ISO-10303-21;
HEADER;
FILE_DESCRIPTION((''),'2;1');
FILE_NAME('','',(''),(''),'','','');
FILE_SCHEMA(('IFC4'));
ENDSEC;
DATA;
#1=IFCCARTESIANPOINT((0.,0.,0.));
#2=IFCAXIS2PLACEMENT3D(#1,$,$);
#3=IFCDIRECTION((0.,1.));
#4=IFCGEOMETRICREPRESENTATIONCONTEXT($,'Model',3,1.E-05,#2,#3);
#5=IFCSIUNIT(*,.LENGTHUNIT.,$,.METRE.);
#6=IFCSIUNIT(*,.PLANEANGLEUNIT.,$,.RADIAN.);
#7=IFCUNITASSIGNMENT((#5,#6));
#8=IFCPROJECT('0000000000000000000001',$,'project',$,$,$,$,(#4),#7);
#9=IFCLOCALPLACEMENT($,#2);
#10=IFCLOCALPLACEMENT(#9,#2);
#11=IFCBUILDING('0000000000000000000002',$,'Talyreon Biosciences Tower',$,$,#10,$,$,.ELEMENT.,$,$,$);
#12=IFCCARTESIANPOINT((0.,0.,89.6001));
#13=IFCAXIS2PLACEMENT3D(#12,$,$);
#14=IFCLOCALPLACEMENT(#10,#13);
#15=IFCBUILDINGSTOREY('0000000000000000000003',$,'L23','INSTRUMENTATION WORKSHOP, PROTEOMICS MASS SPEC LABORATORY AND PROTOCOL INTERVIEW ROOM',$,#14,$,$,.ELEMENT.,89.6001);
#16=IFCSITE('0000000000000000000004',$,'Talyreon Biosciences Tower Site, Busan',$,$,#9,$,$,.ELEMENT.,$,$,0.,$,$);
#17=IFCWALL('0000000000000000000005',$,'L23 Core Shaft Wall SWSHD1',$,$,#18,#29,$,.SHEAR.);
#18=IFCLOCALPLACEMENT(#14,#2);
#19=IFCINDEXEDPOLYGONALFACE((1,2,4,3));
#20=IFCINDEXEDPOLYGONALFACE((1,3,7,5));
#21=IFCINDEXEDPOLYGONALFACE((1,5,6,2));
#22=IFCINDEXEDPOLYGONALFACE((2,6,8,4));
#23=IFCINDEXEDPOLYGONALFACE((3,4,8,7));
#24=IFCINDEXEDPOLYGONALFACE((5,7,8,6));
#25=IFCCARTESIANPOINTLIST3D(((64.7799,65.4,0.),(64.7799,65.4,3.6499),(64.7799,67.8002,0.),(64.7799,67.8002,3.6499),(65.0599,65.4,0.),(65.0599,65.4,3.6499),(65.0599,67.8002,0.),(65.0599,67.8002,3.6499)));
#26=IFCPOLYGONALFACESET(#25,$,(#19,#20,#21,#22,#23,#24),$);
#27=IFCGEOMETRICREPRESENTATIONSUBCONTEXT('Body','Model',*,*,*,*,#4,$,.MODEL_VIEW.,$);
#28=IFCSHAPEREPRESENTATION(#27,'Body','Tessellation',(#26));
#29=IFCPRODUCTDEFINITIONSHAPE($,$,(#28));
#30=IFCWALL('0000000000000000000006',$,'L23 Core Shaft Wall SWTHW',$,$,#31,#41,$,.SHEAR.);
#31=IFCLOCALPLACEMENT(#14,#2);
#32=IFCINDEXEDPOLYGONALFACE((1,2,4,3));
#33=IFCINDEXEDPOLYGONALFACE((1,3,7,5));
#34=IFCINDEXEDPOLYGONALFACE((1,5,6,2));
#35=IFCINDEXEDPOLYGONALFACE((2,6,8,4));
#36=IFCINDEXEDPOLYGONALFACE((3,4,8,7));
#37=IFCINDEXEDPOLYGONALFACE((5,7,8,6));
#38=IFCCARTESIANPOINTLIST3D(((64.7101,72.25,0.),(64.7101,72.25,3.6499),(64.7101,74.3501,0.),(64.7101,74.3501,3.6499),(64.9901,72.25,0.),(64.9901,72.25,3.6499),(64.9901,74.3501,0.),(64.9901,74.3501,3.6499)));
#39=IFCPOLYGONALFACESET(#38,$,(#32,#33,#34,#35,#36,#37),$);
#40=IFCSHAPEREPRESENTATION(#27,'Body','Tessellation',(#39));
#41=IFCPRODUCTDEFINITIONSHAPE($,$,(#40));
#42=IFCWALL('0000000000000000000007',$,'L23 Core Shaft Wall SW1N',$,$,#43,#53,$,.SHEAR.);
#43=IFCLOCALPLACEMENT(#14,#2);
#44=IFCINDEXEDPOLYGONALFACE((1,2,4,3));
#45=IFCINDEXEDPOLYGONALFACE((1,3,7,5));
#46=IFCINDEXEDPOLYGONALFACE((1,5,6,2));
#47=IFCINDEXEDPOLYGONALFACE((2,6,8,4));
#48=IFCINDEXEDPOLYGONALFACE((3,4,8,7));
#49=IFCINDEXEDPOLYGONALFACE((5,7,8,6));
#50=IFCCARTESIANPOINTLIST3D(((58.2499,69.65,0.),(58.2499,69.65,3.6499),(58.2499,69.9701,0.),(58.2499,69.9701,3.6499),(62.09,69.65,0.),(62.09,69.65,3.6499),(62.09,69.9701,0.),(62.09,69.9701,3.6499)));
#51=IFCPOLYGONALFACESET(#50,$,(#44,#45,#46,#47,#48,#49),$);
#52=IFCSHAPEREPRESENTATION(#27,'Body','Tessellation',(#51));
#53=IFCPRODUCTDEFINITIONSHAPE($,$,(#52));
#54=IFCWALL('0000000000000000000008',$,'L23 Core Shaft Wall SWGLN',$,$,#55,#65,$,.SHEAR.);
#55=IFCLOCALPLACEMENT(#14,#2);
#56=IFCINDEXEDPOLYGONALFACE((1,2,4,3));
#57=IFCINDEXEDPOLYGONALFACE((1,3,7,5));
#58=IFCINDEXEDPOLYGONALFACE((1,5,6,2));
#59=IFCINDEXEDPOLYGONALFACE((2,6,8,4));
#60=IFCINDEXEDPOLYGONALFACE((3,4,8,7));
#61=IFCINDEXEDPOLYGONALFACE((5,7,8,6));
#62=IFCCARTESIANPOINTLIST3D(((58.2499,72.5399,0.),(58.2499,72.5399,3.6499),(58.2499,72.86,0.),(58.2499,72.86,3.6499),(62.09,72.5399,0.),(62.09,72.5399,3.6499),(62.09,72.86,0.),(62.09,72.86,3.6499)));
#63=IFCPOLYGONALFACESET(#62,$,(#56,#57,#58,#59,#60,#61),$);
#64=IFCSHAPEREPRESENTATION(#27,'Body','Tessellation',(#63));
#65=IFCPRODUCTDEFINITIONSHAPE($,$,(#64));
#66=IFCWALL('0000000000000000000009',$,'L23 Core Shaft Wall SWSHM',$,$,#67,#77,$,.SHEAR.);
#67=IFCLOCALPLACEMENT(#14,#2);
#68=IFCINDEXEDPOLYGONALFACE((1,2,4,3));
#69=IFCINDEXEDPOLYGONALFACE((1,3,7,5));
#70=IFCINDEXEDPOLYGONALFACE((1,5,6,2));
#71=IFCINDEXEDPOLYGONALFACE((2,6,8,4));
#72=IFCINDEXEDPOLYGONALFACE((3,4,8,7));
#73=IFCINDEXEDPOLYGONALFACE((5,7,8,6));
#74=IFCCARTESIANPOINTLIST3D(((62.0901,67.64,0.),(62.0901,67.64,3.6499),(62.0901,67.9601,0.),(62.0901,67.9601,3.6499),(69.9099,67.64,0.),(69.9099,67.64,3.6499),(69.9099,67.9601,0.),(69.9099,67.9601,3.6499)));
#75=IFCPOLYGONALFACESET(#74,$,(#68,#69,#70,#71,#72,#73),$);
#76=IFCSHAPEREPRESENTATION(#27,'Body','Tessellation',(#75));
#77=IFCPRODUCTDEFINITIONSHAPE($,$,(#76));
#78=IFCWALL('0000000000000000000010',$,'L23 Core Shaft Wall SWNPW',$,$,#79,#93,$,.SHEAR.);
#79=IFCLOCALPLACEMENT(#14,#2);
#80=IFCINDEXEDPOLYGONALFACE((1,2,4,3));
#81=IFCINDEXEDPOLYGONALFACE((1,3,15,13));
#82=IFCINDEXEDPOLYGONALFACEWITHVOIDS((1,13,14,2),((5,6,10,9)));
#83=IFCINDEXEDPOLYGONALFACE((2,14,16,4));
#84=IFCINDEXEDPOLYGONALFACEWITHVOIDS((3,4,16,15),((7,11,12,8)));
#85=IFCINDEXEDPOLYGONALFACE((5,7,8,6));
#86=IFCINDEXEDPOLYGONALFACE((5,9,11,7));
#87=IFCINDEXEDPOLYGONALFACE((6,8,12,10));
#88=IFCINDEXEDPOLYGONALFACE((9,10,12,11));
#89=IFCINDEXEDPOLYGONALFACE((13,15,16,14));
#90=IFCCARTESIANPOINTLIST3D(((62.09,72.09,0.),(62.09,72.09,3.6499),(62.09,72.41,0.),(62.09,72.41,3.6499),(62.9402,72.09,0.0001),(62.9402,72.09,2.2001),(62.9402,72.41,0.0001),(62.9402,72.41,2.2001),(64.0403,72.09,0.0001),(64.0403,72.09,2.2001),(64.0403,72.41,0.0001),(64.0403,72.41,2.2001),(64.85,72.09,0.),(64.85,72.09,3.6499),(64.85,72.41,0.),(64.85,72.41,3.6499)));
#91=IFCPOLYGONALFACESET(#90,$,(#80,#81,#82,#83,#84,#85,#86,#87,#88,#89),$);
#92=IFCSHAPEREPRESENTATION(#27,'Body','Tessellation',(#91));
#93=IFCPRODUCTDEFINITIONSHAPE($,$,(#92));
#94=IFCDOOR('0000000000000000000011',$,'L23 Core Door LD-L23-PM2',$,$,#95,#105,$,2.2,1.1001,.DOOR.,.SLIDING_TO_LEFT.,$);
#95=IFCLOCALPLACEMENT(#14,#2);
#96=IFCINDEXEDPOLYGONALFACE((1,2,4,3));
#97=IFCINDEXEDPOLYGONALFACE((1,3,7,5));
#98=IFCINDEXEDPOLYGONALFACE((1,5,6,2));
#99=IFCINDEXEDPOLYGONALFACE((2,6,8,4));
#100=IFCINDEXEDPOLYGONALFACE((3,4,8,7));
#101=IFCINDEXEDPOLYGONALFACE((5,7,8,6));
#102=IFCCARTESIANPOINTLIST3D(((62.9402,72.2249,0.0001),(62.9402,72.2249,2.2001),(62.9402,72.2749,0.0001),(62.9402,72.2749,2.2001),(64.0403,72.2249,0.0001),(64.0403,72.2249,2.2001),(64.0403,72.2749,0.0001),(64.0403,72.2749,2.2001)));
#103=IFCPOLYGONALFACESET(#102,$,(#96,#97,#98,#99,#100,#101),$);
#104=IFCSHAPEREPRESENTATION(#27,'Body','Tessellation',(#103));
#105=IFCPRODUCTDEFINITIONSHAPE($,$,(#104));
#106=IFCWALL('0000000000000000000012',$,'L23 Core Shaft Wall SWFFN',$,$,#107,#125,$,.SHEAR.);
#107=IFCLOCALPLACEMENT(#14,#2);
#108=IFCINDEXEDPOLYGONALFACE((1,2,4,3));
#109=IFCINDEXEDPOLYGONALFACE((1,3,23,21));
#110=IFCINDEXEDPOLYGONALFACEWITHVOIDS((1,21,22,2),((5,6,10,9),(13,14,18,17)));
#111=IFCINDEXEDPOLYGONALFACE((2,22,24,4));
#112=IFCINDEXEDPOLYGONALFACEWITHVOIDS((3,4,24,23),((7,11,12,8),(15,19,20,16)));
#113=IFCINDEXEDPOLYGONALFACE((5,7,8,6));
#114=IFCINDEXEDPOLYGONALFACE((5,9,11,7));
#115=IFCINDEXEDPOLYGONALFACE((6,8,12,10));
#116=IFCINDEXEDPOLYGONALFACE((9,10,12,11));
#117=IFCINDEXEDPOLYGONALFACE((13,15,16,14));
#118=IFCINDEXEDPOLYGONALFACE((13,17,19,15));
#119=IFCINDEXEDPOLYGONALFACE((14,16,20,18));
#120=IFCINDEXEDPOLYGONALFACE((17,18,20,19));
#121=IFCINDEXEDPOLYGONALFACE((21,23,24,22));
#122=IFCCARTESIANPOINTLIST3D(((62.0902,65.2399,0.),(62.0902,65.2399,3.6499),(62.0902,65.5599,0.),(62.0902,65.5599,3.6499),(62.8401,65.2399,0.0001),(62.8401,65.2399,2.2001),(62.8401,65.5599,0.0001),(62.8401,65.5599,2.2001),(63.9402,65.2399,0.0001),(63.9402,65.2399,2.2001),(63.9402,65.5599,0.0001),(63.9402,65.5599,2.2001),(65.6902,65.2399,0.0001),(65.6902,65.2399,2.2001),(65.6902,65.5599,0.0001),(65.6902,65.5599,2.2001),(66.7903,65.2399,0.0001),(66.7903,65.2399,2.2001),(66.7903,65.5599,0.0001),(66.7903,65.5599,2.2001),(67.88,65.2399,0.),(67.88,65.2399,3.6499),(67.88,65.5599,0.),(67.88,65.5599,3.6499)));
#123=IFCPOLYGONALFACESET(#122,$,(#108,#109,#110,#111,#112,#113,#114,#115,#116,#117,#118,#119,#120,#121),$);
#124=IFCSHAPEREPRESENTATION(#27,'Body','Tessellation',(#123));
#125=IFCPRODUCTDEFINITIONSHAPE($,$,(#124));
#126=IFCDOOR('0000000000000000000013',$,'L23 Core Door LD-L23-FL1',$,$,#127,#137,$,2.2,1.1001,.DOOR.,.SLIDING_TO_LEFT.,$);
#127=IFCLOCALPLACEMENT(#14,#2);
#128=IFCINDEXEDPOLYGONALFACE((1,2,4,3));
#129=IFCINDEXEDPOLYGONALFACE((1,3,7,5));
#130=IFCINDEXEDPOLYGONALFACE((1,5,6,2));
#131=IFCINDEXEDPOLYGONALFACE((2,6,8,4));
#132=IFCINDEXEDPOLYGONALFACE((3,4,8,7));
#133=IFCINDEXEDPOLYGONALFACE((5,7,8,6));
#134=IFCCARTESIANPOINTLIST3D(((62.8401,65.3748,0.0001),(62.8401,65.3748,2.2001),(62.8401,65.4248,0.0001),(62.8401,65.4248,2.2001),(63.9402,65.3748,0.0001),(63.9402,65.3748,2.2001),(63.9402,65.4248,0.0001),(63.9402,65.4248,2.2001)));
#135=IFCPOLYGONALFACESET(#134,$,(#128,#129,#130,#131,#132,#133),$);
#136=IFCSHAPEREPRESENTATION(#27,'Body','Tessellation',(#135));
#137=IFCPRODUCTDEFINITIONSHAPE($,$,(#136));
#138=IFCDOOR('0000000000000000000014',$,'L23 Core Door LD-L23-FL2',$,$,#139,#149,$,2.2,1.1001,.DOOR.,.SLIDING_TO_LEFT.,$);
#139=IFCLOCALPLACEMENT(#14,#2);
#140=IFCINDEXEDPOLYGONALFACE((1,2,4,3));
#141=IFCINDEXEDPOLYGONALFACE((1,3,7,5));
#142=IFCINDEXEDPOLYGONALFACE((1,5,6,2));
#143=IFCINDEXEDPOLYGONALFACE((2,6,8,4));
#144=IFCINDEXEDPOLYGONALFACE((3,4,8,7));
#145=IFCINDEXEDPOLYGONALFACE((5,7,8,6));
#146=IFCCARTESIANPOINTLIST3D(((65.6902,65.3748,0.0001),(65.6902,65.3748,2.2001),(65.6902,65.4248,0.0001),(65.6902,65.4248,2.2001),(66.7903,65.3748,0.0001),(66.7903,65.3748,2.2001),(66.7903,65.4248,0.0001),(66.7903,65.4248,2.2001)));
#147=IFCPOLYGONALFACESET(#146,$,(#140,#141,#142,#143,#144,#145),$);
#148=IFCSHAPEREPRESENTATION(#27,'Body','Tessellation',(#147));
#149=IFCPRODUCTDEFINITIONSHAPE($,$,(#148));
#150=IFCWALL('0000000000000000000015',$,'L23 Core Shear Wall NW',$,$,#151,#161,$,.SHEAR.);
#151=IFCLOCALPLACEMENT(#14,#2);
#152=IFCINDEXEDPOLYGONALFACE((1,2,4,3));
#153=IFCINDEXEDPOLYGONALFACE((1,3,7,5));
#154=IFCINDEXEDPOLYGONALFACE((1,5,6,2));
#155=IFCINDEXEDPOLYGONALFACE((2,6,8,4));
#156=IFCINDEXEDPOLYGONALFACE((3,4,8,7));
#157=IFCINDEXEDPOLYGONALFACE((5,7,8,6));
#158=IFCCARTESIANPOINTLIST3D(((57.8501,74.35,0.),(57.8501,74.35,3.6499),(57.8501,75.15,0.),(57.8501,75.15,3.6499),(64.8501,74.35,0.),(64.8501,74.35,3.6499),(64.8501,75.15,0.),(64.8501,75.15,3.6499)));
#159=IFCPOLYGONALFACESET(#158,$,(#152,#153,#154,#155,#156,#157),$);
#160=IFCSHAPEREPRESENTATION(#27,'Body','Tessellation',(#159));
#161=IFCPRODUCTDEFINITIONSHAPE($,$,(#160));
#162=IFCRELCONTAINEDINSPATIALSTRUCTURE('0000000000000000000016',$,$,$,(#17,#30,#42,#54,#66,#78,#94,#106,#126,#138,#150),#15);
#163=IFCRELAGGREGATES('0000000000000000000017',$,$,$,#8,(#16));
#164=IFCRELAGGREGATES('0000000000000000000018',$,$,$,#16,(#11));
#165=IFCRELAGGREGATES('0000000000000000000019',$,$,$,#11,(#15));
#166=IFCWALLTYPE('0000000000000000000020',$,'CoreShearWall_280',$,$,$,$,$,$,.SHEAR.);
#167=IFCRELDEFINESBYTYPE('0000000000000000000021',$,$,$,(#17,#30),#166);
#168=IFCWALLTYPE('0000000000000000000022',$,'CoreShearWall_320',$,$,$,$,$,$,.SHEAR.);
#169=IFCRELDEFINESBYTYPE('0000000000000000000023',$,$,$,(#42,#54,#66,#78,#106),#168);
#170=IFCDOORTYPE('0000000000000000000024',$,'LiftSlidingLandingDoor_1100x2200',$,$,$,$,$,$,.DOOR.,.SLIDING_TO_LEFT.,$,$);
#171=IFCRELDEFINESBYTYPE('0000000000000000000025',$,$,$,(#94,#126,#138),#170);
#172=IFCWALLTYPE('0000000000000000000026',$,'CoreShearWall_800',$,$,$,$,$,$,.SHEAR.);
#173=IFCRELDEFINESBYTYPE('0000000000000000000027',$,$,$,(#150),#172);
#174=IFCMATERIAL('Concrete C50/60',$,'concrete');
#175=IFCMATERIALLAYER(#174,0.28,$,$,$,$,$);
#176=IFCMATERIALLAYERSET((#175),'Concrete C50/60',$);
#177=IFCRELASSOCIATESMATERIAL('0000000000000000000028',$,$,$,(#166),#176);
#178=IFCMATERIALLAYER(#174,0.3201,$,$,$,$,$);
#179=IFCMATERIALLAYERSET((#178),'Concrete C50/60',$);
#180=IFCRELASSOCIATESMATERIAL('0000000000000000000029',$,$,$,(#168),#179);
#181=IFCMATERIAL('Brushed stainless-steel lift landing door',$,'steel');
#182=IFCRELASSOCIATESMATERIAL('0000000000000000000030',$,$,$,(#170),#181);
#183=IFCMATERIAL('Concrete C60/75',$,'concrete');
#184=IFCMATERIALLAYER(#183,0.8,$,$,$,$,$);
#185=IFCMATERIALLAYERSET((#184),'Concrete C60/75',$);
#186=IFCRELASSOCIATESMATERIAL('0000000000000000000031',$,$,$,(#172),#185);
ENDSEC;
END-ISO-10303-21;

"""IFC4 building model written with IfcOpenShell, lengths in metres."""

from ifc_helpers import new_model, si_unit, direction, frame, frame_2d, origin, place, context, subcontext, project, spatial, rectangle, extrude, material, layer, layer_set, type_object, element, fill, save


model = new_model("IFC4")

# Units and contexts
model_context = context("Model", 3, precision=1e-05, world=origin(), true_north=direction((0.0, 1.0)))
body_context = subcontext(model_context, "Body", "Model", "MODEL_VIEW")
ifc_project = project(units=[si_unit("LENGTHUNIT", "METRE"), si_unit("PLANEANGLEUNIT", "RADIAN")], contexts=[model_context])

# Site, building, storey
site_placement = place(None, origin())
site = spatial("IfcSite", under=ifc_project, at=site_placement, Name="Talyreon Biosciences Tower Site, Busan", CompositionType="ELEMENT", RefElevation=0.0)
building_placement = place(site_placement, origin())
building = spatial("IfcBuilding", under=site, at=building_placement, Name="Talyreon Biosciences Tower", CompositionType="ELEMENT")
storey_placement = place(building_placement, frame((0.0, 0.0, 89.6001)))
storey = spatial("IfcBuildingStorey", under=building, at=storey_placement, Name="L23", Description="INSTRUMENTATION WORKSHOP, PROTEOMICS MASS SPEC LABORATORY AND PROTOCOL INTERVIEW ROOM", CompositionType="ELEMENT", Elevation=89.6001)

# Shared definitions
ifc_material_1 = material(Name="Concrete C60/75", Category="concrete")
ifc_material_2 = material(Name="Concrete C50/60", Category="concrete")

# Walls
ifc_layer_1 = layer(ifc_material_2, 0.28)
ifc_layer_set_1 = layer_set([ifc_layer_1], Name="Concrete C50/60")
wall_type_1 = type_object("IfcWallType", Name="CoreShearWall_280", PredefinedType="SHEAR", material=ifc_layer_set_1)
wall_1_placement = place(storey_placement, frame((64.9199, 65.3999, 0.0), z_axis=(0.0, 0.0, 1.0), x_axis=(0.0, 1.0, 0.0)))
element("IfcWall", 1, at=wall_1_placement, inside=storey, type_object=wall_type_1, Name="L23 Core Shaft Wall SWSHD1", PredefinedType="SHEAR", context=body_context, shape_type="SweptSolid", body=[
    extrude(rectangle(XDim=2.4001, YDim=0.28, at=frame_2d((1.2002, 0.0))), origin(), (0.0, 0.0, 1.0), 3.6499),
])
wall_2_placement = place(storey_placement, frame((64.8501, 72.25, 0.0), z_axis=(0.0, 0.0, 1.0), x_axis=(0.0, 1.0, 0.0)))
element("IfcWall", 2, at=wall_2_placement, inside=storey, type_object=wall_type_1, Name="L23 Core Shaft Wall SWTHW", PredefinedType="SHEAR", context=body_context, shape_type="SweptSolid", body=[
    extrude(rectangle(XDim=2.1001, YDim=0.28, at=frame_2d((1.05, 0.0))), origin(), (0.0, 0.0, 1.0), 3.6499),
])
ifc_layer_2 = layer(ifc_material_2, 0.3201)
ifc_layer_set_2 = layer_set([ifc_layer_2], Name="Concrete C50/60")
wall_type_2 = type_object("IfcWallType", Name="CoreShearWall_320", PredefinedType="SHEAR", material=ifc_layer_set_2)
for number, where, z_axis, x_axis, name in (
    (3, (58.25, 69.8101, 0.0), (0.0, 0.0, 1.0), (1.0, 0.0, 0.0), "L23 Core Shaft Wall SW1N"),
    (4, (58.25, 72.7, 0.0), (0.0, 0.0, 1.0), (1.0, 0.0, 0.0), "L23 Core Shaft Wall SWGLN"),
):
    element("IfcWall", number, at=place(storey_placement, frame(where, z_axis=z_axis, x_axis=x_axis)), inside=storey, type_object=wall_type_2, Name=name, PredefinedType="SHEAR", context=body_context, shape_type="SweptSolid", body=[
        extrude(rectangle(XDim=3.8401, YDim=0.3201, at=frame_2d((1.9199, 0.0))), origin(), (0.0, 0.0, 1.0), 3.6499),
    ])
wall_3_placement = place(storey_placement, frame((62.0901, 67.8, 0.0), z_axis=(0.0, 0.0, 1.0), x_axis=(1.0, 0.0, 0.0)))
element("IfcWall", 5, at=wall_3_placement, inside=storey, type_object=wall_type_2, Name="L23 Core Shaft Wall SWSHM", PredefinedType="SHEAR", context=body_context, shape_type="SweptSolid", body=[
    extrude(rectangle(XDim=7.8198, YDim=0.3201, at=frame_2d((3.9099, 0.0))), origin(), (0.0, 0.0, 1.0), 3.6499),
])

# Shared definitions
ifc_material_3 = material(Name="Brushed stainless-steel lift landing door", Category="steel")
door_type_1 = type_object("IfcDoorType", Name="LiftSlidingLandingDoor_1100x2200", OperationType="SLIDING_TO_LEFT", PredefinedType="DOOR", material=ifc_material_3)

# Wall, opening, door
wall_4_placement = place(storey_placement, frame((62.0901, 72.25, 0.0), z_axis=(0.0, 0.0, 1.0), x_axis=(1.0, 0.0, 0.0)))
wall_4 = element("IfcWall", 6, at=wall_4_placement, inside=storey, type_object=wall_type_2, Name="L23 Core Shaft Wall SWNPW", PredefinedType="SHEAR", context=body_context, shape_type="SweptSolid", body=[
    extrude(rectangle(XDim=2.76, YDim=0.3201, at=frame_2d((1.3799, 0.0))), origin(), (0.0, 0.0, 1.0), 3.6499),
])
opening_1_placement = place(wall_4_placement, frame((0.8501, 0.0, 0.0)))
opening_1 = element("IfcOpeningElement", 7, at=opening_1_placement, cuts=wall_4, PredefinedType="OPENING", context=body_context, shape_type="SweptSolid", body=[
    extrude(rectangle(XDim=1.1001, YDim=2.2, at=frame_2d((0.55, 1.1001))), frame((0.0, 0.1699, 0.0), z_axis=(0.0, -1.0, 0.0), x_axis=(1.0, 0.0, 0.0)), (0.0, 0.0, 1.0), 0.3401),
])
door_1_placement = place(opening_1_placement, origin())
door_1 = element("IfcDoor", 8, at=door_1_placement, inside=storey, type_object=door_type_1, Name="L23 Core Door LD-L23-PM2", OperationType="SLIDING_TO_LEFT", OverallHeight=2.2, OverallWidth=1.1001, PredefinedType="DOOR", context=body_context, shape_type="SweptSolid", body=[
    extrude(rectangle(XDim=1.1001, YDim=2.2, at=frame_2d((0.55, 1.1001))), frame((0.0, 0.0249, 0.0), z_axis=(0.0, -1.0, 0.0), x_axis=(1.0, 0.0, 0.0)), (0.0, 0.0, 1.0), 0.05),
])
fill(opening_1, door_1)

# Wall, openings, doors
wall_5_placement = place(storey_placement, frame((62.0901, 65.3999, 0.0), z_axis=(0.0, 0.0, 1.0), x_axis=(1.0, 0.0, 0.0)))
wall_5 = element("IfcWall", 9, at=wall_5_placement, inside=storey, type_object=wall_type_2, Name="L23 Core Shaft Wall SWFFN", PredefinedType="SHEAR", context=body_context, shape_type="SweptSolid", body=[
    extrude(rectangle(XDim=5.7898, YDim=0.3201, at=frame_2d((2.895, 0.0))), origin(), (0.0, 0.0, 1.0), 3.6499),
])
opening_2_placement = place(wall_5_placement, frame((0.75, 0.0, 0.0)))
opening_2 = element("IfcOpeningElement", 10, at=opening_2_placement, cuts=wall_5, PredefinedType="OPENING", context=body_context, shape_type="SweptSolid", body=[
    extrude(rectangle(XDim=1.1001, YDim=2.2, at=frame_2d((0.55, 1.1001))), frame((0.0, 0.1699, 0.0), z_axis=(0.0, -1.0, 0.0), x_axis=(1.0, 0.0, 0.0)), (0.0, 0.0, 1.0), 0.3401),
])
opening_3_placement = place(wall_5_placement, frame((3.6001, 0.0, 0.0)))
opening_3 = element("IfcOpeningElement", 11, at=opening_3_placement, cuts=wall_5, PredefinedType="OPENING", context=body_context, shape_type="SweptSolid", body=[
    extrude(rectangle(XDim=1.1001, YDim=2.2, at=frame_2d((0.55, 1.1001))), frame((0.0, 0.1699, 0.0), z_axis=(0.0, -1.0, 0.0), x_axis=(1.0, 0.0, 0.0)), (0.0, 0.0, 1.0), 0.3401),
])
door_2_placement = place(opening_2_placement, origin())
door_2 = element("IfcDoor", 12, at=door_2_placement, inside=storey, type_object=door_type_1, Name="L23 Core Door LD-L23-FL1", OperationType="SLIDING_TO_LEFT", OverallHeight=2.2, OverallWidth=1.1001, PredefinedType="DOOR", context=body_context, shape_type="SweptSolid", body=[
    extrude(rectangle(XDim=1.1001, YDim=2.2, at=frame_2d((0.55, 1.1001))), frame((0.0, 0.0249, 0.0), z_axis=(0.0, -1.0, 0.0), x_axis=(1.0, 0.0, 0.0)), (0.0, 0.0, 1.0), 0.05),
])
fill(opening_2, door_2)
door_3_placement = place(opening_3_placement, origin())
door_3 = element("IfcDoor", 13, at=door_3_placement, inside=storey, type_object=door_type_1, Name="L23 Core Door LD-L23-FL2", OperationType="SLIDING_TO_LEFT", OverallHeight=2.2, OverallWidth=1.1001, PredefinedType="DOOR", context=body_context, shape_type="SweptSolid", body=[
    extrude(rectangle(XDim=1.1001, YDim=2.2, at=frame_2d((0.55, 1.1001))), frame((0.0, 0.0249, 0.0), z_axis=(0.0, -1.0, 0.0), x_axis=(1.0, 0.0, 0.0)), (0.0, 0.0, 1.0), 0.05),
])
fill(opening_3, door_3)

# Wall
ifc_layer_3 = layer(ifc_material_1, 0.8)
ifc_layer_set_3 = layer_set([ifc_layer_3], Name="Concrete C60/75")
wall_type_3 = type_object("IfcWallType", Name="CoreShearWall_800", PredefinedType="SHEAR", material=ifc_layer_set_3)
wall_6_placement = place(storey_placement, frame((64.8501, 74.75, 0.0), z_axis=(0.0, 0.0, 1.0), x_axis=(-1.0, 0.0, 0.0)))
element("IfcWall", 14, at=wall_6_placement, inside=storey, type_object=wall_type_3, Name="L23 Core Shear Wall NW", PredefinedType="SHEAR", context=body_context, shape_type="SweptSolid", body=[
    extrude(rectangle(XDim=7.0, YDim=0.8, at=frame_2d((3.5, 0.0))), origin(), (0.0, 0.0, 1.0), 3.6499),
])

save(model, "model.ifc")
